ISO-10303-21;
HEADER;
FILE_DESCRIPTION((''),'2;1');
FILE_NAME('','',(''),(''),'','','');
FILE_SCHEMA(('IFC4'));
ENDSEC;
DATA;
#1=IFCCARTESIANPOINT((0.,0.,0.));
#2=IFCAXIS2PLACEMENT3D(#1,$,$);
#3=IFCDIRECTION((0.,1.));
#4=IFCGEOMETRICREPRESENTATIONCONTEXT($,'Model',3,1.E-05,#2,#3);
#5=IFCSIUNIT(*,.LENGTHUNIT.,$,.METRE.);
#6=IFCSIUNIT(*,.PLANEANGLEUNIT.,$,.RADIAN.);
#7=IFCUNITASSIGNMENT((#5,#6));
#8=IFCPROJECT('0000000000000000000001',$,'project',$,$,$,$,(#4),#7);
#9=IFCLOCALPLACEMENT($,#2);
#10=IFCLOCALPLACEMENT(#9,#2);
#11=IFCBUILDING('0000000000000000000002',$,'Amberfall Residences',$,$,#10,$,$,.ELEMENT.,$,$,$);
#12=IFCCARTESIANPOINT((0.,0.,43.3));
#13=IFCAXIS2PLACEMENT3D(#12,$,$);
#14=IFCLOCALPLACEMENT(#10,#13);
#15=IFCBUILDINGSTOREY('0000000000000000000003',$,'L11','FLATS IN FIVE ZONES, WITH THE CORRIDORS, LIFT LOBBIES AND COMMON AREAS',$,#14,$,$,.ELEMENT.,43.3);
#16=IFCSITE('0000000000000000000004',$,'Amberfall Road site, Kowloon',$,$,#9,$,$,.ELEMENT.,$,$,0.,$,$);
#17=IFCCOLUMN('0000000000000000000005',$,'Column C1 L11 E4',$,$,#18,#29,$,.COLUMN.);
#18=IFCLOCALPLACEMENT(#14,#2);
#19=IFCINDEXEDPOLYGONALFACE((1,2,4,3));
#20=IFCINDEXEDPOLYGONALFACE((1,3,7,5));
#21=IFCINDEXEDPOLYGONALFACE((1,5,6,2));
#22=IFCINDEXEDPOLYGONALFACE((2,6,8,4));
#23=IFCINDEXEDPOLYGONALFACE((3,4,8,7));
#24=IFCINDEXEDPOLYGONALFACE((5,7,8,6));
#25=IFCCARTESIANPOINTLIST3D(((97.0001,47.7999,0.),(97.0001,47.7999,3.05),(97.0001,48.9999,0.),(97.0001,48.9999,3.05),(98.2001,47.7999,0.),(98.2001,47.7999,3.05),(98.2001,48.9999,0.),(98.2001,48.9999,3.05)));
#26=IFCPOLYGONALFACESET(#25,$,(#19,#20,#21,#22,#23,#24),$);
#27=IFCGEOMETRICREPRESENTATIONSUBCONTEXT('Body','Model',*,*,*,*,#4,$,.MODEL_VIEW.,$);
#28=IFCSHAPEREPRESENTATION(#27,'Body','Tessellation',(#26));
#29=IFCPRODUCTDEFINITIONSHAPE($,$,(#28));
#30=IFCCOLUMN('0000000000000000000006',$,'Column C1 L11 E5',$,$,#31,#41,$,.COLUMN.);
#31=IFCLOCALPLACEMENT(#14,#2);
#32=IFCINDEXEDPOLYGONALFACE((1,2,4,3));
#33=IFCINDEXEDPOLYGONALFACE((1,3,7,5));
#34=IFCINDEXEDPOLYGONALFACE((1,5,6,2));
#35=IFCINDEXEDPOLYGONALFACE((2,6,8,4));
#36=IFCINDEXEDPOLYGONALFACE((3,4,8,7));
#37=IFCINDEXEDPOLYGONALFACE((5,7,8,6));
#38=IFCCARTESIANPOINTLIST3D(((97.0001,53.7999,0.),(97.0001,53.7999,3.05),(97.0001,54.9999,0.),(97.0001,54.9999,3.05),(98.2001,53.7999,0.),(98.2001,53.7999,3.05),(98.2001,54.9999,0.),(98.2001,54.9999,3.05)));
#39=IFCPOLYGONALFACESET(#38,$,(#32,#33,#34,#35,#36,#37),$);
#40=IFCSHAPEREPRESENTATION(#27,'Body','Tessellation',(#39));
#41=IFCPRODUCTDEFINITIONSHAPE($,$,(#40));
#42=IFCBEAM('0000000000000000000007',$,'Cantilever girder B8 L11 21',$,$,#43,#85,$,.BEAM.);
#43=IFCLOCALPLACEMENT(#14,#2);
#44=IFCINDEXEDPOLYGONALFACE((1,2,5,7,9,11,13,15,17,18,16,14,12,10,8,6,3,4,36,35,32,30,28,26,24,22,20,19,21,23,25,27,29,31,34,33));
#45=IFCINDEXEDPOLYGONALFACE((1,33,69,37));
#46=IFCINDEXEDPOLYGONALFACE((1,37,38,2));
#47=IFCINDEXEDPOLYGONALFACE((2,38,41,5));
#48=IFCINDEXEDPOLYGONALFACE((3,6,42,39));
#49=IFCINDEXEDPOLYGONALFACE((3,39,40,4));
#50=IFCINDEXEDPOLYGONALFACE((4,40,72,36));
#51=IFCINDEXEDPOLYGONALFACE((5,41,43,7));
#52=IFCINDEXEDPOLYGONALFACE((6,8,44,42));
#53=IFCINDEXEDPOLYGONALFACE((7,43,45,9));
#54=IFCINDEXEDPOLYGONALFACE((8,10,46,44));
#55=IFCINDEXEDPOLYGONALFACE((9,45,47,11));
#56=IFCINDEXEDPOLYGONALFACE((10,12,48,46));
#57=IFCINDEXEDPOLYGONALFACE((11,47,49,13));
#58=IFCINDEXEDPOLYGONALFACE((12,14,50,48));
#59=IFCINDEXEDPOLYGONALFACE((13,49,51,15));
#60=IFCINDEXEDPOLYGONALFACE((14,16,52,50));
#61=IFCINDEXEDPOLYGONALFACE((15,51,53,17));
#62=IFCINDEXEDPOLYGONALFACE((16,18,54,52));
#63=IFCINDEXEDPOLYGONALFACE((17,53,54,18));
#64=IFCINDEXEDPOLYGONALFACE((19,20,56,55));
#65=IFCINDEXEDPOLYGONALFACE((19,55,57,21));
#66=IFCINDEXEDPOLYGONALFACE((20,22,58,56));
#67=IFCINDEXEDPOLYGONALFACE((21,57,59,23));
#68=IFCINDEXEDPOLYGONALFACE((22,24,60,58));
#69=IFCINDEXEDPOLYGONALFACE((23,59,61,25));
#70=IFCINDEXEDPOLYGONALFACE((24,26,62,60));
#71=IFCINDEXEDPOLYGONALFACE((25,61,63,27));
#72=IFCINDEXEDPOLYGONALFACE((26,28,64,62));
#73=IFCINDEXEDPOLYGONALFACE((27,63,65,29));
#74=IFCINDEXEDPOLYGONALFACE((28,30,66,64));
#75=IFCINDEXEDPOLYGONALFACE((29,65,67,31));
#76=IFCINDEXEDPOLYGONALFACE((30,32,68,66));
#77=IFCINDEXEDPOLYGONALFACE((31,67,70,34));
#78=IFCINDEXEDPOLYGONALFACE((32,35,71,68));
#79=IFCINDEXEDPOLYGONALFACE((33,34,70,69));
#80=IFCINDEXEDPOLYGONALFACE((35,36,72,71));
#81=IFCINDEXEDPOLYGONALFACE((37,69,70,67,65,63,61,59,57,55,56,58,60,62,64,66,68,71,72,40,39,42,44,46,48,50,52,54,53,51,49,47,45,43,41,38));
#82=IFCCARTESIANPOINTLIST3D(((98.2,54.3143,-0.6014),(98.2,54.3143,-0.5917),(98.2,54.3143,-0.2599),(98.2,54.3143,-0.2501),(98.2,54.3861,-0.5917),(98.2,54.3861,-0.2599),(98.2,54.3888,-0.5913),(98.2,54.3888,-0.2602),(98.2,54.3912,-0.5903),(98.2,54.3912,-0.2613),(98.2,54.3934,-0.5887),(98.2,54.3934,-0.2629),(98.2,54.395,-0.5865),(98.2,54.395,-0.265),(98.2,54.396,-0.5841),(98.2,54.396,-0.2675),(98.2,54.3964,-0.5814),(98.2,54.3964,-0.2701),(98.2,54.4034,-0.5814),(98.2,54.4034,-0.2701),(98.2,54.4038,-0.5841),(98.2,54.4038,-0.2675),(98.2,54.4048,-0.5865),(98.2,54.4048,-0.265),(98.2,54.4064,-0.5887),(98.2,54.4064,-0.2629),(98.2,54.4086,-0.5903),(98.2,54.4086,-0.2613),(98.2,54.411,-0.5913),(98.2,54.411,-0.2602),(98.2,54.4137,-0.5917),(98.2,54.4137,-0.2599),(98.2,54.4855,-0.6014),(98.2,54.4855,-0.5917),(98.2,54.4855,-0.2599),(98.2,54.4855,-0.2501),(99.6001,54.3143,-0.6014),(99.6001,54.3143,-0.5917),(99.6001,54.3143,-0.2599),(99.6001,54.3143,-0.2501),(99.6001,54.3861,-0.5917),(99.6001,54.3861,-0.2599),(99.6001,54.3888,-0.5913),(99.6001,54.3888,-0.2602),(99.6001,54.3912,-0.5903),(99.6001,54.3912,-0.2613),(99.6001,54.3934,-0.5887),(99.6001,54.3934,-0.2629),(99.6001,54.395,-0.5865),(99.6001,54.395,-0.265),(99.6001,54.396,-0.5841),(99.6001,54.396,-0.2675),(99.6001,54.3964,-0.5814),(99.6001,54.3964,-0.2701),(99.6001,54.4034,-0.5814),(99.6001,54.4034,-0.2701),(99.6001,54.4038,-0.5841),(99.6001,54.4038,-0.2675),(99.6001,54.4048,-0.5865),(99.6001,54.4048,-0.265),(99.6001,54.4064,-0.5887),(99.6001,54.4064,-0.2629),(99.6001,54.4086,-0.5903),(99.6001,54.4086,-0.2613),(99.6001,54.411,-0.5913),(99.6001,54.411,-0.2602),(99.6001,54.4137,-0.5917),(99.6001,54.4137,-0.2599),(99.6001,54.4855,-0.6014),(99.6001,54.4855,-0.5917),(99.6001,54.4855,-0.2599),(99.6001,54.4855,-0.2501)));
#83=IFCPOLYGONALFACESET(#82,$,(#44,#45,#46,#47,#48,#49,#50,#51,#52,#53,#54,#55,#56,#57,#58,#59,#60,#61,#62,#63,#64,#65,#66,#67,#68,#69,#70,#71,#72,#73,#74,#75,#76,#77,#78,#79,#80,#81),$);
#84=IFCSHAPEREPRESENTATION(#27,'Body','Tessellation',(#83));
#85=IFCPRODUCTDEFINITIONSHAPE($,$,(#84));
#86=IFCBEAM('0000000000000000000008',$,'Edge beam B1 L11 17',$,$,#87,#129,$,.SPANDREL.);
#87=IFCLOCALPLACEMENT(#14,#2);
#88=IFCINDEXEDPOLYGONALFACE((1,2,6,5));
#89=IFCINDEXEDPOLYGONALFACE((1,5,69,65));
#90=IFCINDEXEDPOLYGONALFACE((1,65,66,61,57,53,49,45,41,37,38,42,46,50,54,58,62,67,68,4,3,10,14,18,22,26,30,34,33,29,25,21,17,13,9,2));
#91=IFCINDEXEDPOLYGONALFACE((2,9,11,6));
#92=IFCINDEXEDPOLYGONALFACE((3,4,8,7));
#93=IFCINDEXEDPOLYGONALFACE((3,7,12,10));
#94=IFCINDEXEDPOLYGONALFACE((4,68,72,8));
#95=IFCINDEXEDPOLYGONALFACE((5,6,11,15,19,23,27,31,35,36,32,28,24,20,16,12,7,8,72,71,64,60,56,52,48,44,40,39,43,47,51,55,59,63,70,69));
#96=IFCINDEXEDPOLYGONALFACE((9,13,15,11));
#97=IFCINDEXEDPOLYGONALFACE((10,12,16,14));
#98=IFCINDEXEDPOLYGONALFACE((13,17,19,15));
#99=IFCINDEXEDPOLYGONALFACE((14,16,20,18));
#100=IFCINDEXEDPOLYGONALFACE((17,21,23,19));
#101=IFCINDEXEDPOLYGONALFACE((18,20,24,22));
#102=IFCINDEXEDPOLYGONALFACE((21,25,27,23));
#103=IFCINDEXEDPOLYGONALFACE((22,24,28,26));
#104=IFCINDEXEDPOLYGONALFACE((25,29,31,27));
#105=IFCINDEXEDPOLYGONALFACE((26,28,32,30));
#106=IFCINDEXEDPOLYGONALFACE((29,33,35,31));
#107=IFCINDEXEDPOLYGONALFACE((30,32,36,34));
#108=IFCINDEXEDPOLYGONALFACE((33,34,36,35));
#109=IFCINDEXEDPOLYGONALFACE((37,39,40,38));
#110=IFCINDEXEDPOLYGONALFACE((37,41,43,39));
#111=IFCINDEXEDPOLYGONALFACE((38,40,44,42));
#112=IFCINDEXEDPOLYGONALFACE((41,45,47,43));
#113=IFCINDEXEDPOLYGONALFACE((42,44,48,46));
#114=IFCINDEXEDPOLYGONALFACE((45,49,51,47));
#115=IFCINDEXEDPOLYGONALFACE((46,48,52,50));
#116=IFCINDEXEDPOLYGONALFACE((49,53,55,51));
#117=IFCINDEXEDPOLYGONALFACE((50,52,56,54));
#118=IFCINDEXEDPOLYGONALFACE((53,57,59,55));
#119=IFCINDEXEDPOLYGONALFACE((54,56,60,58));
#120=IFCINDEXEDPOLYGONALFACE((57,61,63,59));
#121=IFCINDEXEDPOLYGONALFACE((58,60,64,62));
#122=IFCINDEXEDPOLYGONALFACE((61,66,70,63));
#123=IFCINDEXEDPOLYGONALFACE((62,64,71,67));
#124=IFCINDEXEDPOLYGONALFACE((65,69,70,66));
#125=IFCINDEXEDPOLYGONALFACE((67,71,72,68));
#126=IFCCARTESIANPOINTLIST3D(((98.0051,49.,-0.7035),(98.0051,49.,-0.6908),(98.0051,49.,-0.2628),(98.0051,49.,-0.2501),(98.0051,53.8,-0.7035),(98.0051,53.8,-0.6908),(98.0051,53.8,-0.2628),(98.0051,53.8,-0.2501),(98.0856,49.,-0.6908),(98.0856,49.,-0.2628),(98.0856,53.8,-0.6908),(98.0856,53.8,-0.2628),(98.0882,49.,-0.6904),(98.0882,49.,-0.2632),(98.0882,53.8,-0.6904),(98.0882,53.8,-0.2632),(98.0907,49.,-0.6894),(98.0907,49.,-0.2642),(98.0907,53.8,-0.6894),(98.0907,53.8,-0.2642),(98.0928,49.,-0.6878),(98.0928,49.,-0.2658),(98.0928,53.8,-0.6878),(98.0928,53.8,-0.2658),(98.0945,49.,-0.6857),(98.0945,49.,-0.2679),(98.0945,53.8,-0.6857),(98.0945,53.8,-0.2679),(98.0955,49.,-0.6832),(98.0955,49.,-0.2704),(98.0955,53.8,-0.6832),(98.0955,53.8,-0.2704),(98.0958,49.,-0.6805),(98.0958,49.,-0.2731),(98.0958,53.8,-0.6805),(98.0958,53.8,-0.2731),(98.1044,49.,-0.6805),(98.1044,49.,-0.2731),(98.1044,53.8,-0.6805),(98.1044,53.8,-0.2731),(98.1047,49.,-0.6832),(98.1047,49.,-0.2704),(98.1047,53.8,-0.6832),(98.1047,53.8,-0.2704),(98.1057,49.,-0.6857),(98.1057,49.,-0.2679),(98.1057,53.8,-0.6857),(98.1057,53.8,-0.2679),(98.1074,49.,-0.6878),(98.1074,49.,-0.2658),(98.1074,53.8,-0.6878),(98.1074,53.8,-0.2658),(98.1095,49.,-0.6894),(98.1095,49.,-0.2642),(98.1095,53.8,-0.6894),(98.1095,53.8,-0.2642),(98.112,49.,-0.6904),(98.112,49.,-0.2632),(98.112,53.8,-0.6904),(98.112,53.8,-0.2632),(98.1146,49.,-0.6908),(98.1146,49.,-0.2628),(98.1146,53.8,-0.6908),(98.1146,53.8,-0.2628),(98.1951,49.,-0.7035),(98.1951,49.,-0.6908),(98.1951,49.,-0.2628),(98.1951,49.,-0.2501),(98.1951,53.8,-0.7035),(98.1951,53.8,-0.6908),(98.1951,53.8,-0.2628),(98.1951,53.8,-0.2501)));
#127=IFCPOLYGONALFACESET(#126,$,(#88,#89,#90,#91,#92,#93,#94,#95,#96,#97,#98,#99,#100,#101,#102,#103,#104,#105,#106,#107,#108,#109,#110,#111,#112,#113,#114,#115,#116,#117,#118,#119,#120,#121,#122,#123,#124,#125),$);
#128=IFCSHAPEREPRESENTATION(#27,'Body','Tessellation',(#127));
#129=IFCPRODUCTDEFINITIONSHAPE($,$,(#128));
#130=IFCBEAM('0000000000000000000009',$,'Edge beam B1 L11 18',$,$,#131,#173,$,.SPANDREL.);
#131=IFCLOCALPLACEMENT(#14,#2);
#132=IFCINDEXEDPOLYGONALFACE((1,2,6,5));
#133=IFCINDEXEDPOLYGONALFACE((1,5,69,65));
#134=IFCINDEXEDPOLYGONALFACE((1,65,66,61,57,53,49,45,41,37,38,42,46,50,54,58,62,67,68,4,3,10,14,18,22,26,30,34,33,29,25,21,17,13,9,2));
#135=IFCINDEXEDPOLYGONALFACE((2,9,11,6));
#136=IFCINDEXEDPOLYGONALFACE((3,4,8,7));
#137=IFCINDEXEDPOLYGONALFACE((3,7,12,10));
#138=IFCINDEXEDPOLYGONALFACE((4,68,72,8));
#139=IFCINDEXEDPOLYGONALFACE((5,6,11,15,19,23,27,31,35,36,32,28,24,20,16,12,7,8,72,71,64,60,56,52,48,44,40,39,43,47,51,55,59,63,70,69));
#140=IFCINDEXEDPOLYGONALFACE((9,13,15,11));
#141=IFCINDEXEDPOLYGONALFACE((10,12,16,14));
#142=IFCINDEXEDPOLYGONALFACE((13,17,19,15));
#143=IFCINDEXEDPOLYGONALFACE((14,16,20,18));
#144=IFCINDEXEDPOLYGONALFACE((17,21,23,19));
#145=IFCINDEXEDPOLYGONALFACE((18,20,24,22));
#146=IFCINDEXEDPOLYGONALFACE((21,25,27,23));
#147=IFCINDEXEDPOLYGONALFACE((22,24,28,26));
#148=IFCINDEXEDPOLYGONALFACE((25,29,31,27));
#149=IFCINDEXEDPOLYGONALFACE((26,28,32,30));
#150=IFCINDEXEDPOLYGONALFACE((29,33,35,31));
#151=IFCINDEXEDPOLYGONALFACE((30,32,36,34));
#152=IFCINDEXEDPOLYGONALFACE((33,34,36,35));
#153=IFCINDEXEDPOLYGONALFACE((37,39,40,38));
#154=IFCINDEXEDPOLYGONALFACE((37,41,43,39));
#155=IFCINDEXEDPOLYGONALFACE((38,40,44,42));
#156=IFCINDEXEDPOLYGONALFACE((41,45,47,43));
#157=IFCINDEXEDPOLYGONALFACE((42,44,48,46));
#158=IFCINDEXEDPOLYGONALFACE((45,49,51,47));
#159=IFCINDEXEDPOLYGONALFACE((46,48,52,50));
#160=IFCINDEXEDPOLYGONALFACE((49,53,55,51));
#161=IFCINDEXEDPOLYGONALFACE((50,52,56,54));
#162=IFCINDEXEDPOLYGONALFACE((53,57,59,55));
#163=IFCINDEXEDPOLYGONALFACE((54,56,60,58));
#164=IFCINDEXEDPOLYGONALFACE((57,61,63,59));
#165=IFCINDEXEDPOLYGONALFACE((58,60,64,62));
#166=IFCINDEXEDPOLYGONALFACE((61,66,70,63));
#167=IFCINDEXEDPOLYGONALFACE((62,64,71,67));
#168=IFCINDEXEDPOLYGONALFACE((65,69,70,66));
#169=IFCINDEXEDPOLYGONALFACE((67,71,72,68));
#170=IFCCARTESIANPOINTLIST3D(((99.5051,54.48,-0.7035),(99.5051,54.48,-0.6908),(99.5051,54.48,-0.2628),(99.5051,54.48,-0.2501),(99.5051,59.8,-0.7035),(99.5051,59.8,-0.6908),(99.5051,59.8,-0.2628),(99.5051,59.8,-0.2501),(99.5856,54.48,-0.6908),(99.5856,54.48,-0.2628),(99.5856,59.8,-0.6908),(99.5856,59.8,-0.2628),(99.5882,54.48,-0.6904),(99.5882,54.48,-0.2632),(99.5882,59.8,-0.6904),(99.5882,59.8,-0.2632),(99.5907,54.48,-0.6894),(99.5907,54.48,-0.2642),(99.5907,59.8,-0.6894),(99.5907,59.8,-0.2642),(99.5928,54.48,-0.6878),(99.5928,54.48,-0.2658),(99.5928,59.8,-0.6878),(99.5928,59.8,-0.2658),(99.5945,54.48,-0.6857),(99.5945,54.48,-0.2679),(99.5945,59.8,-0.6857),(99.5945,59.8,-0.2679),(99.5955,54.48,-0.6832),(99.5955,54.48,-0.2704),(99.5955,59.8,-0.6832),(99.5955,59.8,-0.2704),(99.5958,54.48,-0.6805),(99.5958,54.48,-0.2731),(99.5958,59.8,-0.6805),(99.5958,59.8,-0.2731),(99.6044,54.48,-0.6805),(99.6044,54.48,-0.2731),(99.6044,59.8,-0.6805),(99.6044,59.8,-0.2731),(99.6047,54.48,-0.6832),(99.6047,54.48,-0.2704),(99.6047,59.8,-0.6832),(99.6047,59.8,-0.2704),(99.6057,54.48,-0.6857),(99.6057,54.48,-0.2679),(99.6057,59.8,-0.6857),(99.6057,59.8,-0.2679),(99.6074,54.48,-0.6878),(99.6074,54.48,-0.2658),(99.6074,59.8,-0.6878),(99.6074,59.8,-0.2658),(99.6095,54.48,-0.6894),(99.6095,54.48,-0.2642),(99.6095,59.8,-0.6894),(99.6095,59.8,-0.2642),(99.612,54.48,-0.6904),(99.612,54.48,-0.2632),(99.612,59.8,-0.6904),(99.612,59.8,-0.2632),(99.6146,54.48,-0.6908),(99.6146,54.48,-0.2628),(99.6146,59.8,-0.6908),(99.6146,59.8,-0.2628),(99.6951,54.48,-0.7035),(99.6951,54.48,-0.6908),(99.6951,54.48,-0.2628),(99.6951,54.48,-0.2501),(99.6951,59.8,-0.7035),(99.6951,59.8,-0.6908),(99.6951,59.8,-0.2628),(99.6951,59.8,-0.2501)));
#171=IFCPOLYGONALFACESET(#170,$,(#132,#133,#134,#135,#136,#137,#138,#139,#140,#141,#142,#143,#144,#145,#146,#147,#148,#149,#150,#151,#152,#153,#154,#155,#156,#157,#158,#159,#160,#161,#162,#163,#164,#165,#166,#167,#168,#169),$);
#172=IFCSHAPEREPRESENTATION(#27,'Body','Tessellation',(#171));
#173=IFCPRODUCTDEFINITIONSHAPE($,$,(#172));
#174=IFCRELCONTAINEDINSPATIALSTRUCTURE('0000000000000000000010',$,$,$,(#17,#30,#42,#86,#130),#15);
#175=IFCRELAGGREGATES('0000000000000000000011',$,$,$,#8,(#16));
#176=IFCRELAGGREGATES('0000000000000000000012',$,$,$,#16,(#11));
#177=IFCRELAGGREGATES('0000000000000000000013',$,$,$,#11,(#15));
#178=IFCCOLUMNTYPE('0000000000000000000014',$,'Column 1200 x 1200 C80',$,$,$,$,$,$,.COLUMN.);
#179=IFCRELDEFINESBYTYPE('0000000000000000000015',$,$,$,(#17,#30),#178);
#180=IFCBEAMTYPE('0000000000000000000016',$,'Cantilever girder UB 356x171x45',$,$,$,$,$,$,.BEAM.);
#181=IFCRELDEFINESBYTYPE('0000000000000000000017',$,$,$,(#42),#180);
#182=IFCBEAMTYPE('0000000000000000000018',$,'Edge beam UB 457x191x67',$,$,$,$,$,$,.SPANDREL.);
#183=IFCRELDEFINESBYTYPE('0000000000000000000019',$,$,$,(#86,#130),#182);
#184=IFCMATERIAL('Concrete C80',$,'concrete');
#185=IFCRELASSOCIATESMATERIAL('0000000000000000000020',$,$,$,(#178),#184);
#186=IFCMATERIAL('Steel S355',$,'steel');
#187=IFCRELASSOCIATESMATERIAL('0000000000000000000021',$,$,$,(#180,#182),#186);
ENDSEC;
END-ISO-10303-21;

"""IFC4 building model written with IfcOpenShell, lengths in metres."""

from ifc_helpers import new_model, si_unit, direction, frame, origin, origin_2d, place, context, subcontext, project, spatial, rectangle, i_section, extrude, material, material_profile, profile_set, type_object, element, save


model = new_model("IFC4")

# Units and contexts
model_context = context("Model", 3, precision=1e-05, world=origin(), true_north=direction((0.0, 1.0)))
body_context = subcontext(model_context, "Body", "Model", "MODEL_VIEW")
ifc_project = project(units=[si_unit("LENGTHUNIT", "METRE"), si_unit("PLANEANGLEUNIT", "RADIAN")], contexts=[model_context])

# Site, building, storey
site_placement = place(None, origin())
site = spatial("IfcSite", under=ifc_project, at=site_placement, Name="Amberfall Road site, Kowloon", CompositionType="ELEMENT", RefElevation=0.0)
building_placement = place(site_placement, origin())
building = spatial("IfcBuilding", under=site, at=building_placement, Name="Amberfall Residences", CompositionType="ELEMENT")
storey_placement = place(building_placement, frame((0.0, 0.0, 43.3)))
storey = spatial("IfcBuildingStorey", under=building, at=storey_placement, Name="L11", Description="FLATS IN FIVE ZONES, WITH THE CORRIDORS, LIFT LOBBIES AND COMMON AREAS", CompositionType="ELEMENT", Elevation=43.3)

# Columns
ifc_material_1 = material(Name="Concrete C80", Category="concrete")
ifc_material_profile_1 = material_profile(ifc_material_1, rectangle(XDim=1.2, YDim=1.2, at=origin_2d()), Name="Column 1200 x 1200 C80")
ifc_profile_set_1 = profile_set([ifc_material_profile_1], Name="Concrete C80")
column_type = type_object("IfcColumnType", Name="Column 1200 x 1200 C80", PredefinedType="COLUMN", material=ifc_profile_set_1)
for number, where, z_axis, x_axis, name in (
    (1, (97.6001, 48.3999, 0.0), (0.0, 0.0, 1.0), (1.0, 0.0, 0.0), "Column C1 L11 E4"),
    (2, (97.6001, 54.3999, 0.0), (0.0, 0.0, 1.0), (1.0, 0.0, 0.0), "Column C1 L11 E5"),
):
    element("IfcColumn", number, at=place(storey_placement, frame(where, z_axis=z_axis, x_axis=x_axis)), inside=storey, type_object=column_type, Name=name, PredefinedType="COLUMN", context=body_context, shape_type="SweptSolid", body=[
        extrude(rectangle(XDim=1.2, YDim=1.2, at=origin_2d()), origin(), (0.0, 0.0, 1.0), 3.05),
    ])

# Beams
ifc_material_2 = material(Name="Steel S355", Category="steel")
ifc_material_profile_2 = material_profile(ifc_material_2, i_section(OverallWidth=0.1711, OverallDepth=0.3513, WebThickness=0.0071, FlangeThickness=0.0098, FilletRadius=0.0103, at=origin_2d()), Name="UB 356x171x45")
ifc_profile_set_2 = profile_set([ifc_material_profile_2], Name="Steel S355")
beam_type_1 = type_object("IfcBeamType", Name="Cantilever girder UB 356x171x45", PredefinedType="BEAM", material=ifc_profile_set_2)
beam_1_placement = place(storey_placement, frame((98.2, 54.3999, -0.4258), z_axis=(1.0, 0.0, 0.0), x_axis=(0.0, 1.0, 0.0)))
element("IfcBeam", 3, at=beam_1_placement, inside=storey, type_object=beam_type_1, Name="Cantilever girder B8 L11 21", PredefinedType="BEAM", context=body_context, shape_type="SweptSolid", body=[
    extrude(i_section(OverallWidth=0.1711, OverallDepth=0.3513, WebThickness=0.0071, FlangeThickness=0.0098, FilletRadius=0.0103, at=origin_2d()), origin(), (0.0, 0.0, 1.0), 1.4001),
])
ifc_material_profile_3 = material_profile(ifc_material_2, i_section(OverallWidth=0.1899, OverallDepth=0.4534, WebThickness=0.0085, FlangeThickness=0.0127, FilletRadius=0.0103, at=origin_2d()), Name="UB 457x191x67")
ifc_profile_set_3 = profile_set([ifc_material_profile_3], Name="Steel S355")
beam_type_2 = type_object("IfcBeamType", Name="Edge beam UB 457x191x67", PredefinedType="SPANDREL", material=ifc_profile_set_3)
beam_2_placement = place(storey_placement, frame((98.1001, 49.0, -0.4768), z_axis=(0.0, 1.0, 0.0), x_axis=(-1.0, 0.0, 0.0)))
element("IfcBeam", 4, at=beam_2_placement, inside=storey, type_object=beam_type_2, Name="Edge beam B1 L11 17", PredefinedType="SPANDREL", context=body_context, shape_type="SweptSolid", body=[
    extrude(i_section(OverallWidth=0.1899, OverallDepth=0.4534, WebThickness=0.0085, FlangeThickness=0.0127, FilletRadius=0.0103, at=origin_2d()), origin(), (0.0, 0.0, 1.0), 4.8),
])
beam_3_placement = place(storey_placement, frame((99.6001, 54.48, -0.4768), z_axis=(0.0, 1.0, 0.0), x_axis=(-1.0, 0.0, 0.0)))
element("IfcBeam", 5, at=beam_3_placement, inside=storey, type_object=beam_type_2, Name="Edge beam B1 L11 18", PredefinedType="SPANDREL", context=body_context, shape_type="SweptSolid", body=[
    extrude(i_section(OverallWidth=0.1899, OverallDepth=0.4534, WebThickness=0.0085, FlangeThickness=0.0127, FilletRadius=0.0103, at=origin_2d()), origin(), (0.0, 0.0, 1.0), 5.3201),
])

save(model, "model.ifc")
